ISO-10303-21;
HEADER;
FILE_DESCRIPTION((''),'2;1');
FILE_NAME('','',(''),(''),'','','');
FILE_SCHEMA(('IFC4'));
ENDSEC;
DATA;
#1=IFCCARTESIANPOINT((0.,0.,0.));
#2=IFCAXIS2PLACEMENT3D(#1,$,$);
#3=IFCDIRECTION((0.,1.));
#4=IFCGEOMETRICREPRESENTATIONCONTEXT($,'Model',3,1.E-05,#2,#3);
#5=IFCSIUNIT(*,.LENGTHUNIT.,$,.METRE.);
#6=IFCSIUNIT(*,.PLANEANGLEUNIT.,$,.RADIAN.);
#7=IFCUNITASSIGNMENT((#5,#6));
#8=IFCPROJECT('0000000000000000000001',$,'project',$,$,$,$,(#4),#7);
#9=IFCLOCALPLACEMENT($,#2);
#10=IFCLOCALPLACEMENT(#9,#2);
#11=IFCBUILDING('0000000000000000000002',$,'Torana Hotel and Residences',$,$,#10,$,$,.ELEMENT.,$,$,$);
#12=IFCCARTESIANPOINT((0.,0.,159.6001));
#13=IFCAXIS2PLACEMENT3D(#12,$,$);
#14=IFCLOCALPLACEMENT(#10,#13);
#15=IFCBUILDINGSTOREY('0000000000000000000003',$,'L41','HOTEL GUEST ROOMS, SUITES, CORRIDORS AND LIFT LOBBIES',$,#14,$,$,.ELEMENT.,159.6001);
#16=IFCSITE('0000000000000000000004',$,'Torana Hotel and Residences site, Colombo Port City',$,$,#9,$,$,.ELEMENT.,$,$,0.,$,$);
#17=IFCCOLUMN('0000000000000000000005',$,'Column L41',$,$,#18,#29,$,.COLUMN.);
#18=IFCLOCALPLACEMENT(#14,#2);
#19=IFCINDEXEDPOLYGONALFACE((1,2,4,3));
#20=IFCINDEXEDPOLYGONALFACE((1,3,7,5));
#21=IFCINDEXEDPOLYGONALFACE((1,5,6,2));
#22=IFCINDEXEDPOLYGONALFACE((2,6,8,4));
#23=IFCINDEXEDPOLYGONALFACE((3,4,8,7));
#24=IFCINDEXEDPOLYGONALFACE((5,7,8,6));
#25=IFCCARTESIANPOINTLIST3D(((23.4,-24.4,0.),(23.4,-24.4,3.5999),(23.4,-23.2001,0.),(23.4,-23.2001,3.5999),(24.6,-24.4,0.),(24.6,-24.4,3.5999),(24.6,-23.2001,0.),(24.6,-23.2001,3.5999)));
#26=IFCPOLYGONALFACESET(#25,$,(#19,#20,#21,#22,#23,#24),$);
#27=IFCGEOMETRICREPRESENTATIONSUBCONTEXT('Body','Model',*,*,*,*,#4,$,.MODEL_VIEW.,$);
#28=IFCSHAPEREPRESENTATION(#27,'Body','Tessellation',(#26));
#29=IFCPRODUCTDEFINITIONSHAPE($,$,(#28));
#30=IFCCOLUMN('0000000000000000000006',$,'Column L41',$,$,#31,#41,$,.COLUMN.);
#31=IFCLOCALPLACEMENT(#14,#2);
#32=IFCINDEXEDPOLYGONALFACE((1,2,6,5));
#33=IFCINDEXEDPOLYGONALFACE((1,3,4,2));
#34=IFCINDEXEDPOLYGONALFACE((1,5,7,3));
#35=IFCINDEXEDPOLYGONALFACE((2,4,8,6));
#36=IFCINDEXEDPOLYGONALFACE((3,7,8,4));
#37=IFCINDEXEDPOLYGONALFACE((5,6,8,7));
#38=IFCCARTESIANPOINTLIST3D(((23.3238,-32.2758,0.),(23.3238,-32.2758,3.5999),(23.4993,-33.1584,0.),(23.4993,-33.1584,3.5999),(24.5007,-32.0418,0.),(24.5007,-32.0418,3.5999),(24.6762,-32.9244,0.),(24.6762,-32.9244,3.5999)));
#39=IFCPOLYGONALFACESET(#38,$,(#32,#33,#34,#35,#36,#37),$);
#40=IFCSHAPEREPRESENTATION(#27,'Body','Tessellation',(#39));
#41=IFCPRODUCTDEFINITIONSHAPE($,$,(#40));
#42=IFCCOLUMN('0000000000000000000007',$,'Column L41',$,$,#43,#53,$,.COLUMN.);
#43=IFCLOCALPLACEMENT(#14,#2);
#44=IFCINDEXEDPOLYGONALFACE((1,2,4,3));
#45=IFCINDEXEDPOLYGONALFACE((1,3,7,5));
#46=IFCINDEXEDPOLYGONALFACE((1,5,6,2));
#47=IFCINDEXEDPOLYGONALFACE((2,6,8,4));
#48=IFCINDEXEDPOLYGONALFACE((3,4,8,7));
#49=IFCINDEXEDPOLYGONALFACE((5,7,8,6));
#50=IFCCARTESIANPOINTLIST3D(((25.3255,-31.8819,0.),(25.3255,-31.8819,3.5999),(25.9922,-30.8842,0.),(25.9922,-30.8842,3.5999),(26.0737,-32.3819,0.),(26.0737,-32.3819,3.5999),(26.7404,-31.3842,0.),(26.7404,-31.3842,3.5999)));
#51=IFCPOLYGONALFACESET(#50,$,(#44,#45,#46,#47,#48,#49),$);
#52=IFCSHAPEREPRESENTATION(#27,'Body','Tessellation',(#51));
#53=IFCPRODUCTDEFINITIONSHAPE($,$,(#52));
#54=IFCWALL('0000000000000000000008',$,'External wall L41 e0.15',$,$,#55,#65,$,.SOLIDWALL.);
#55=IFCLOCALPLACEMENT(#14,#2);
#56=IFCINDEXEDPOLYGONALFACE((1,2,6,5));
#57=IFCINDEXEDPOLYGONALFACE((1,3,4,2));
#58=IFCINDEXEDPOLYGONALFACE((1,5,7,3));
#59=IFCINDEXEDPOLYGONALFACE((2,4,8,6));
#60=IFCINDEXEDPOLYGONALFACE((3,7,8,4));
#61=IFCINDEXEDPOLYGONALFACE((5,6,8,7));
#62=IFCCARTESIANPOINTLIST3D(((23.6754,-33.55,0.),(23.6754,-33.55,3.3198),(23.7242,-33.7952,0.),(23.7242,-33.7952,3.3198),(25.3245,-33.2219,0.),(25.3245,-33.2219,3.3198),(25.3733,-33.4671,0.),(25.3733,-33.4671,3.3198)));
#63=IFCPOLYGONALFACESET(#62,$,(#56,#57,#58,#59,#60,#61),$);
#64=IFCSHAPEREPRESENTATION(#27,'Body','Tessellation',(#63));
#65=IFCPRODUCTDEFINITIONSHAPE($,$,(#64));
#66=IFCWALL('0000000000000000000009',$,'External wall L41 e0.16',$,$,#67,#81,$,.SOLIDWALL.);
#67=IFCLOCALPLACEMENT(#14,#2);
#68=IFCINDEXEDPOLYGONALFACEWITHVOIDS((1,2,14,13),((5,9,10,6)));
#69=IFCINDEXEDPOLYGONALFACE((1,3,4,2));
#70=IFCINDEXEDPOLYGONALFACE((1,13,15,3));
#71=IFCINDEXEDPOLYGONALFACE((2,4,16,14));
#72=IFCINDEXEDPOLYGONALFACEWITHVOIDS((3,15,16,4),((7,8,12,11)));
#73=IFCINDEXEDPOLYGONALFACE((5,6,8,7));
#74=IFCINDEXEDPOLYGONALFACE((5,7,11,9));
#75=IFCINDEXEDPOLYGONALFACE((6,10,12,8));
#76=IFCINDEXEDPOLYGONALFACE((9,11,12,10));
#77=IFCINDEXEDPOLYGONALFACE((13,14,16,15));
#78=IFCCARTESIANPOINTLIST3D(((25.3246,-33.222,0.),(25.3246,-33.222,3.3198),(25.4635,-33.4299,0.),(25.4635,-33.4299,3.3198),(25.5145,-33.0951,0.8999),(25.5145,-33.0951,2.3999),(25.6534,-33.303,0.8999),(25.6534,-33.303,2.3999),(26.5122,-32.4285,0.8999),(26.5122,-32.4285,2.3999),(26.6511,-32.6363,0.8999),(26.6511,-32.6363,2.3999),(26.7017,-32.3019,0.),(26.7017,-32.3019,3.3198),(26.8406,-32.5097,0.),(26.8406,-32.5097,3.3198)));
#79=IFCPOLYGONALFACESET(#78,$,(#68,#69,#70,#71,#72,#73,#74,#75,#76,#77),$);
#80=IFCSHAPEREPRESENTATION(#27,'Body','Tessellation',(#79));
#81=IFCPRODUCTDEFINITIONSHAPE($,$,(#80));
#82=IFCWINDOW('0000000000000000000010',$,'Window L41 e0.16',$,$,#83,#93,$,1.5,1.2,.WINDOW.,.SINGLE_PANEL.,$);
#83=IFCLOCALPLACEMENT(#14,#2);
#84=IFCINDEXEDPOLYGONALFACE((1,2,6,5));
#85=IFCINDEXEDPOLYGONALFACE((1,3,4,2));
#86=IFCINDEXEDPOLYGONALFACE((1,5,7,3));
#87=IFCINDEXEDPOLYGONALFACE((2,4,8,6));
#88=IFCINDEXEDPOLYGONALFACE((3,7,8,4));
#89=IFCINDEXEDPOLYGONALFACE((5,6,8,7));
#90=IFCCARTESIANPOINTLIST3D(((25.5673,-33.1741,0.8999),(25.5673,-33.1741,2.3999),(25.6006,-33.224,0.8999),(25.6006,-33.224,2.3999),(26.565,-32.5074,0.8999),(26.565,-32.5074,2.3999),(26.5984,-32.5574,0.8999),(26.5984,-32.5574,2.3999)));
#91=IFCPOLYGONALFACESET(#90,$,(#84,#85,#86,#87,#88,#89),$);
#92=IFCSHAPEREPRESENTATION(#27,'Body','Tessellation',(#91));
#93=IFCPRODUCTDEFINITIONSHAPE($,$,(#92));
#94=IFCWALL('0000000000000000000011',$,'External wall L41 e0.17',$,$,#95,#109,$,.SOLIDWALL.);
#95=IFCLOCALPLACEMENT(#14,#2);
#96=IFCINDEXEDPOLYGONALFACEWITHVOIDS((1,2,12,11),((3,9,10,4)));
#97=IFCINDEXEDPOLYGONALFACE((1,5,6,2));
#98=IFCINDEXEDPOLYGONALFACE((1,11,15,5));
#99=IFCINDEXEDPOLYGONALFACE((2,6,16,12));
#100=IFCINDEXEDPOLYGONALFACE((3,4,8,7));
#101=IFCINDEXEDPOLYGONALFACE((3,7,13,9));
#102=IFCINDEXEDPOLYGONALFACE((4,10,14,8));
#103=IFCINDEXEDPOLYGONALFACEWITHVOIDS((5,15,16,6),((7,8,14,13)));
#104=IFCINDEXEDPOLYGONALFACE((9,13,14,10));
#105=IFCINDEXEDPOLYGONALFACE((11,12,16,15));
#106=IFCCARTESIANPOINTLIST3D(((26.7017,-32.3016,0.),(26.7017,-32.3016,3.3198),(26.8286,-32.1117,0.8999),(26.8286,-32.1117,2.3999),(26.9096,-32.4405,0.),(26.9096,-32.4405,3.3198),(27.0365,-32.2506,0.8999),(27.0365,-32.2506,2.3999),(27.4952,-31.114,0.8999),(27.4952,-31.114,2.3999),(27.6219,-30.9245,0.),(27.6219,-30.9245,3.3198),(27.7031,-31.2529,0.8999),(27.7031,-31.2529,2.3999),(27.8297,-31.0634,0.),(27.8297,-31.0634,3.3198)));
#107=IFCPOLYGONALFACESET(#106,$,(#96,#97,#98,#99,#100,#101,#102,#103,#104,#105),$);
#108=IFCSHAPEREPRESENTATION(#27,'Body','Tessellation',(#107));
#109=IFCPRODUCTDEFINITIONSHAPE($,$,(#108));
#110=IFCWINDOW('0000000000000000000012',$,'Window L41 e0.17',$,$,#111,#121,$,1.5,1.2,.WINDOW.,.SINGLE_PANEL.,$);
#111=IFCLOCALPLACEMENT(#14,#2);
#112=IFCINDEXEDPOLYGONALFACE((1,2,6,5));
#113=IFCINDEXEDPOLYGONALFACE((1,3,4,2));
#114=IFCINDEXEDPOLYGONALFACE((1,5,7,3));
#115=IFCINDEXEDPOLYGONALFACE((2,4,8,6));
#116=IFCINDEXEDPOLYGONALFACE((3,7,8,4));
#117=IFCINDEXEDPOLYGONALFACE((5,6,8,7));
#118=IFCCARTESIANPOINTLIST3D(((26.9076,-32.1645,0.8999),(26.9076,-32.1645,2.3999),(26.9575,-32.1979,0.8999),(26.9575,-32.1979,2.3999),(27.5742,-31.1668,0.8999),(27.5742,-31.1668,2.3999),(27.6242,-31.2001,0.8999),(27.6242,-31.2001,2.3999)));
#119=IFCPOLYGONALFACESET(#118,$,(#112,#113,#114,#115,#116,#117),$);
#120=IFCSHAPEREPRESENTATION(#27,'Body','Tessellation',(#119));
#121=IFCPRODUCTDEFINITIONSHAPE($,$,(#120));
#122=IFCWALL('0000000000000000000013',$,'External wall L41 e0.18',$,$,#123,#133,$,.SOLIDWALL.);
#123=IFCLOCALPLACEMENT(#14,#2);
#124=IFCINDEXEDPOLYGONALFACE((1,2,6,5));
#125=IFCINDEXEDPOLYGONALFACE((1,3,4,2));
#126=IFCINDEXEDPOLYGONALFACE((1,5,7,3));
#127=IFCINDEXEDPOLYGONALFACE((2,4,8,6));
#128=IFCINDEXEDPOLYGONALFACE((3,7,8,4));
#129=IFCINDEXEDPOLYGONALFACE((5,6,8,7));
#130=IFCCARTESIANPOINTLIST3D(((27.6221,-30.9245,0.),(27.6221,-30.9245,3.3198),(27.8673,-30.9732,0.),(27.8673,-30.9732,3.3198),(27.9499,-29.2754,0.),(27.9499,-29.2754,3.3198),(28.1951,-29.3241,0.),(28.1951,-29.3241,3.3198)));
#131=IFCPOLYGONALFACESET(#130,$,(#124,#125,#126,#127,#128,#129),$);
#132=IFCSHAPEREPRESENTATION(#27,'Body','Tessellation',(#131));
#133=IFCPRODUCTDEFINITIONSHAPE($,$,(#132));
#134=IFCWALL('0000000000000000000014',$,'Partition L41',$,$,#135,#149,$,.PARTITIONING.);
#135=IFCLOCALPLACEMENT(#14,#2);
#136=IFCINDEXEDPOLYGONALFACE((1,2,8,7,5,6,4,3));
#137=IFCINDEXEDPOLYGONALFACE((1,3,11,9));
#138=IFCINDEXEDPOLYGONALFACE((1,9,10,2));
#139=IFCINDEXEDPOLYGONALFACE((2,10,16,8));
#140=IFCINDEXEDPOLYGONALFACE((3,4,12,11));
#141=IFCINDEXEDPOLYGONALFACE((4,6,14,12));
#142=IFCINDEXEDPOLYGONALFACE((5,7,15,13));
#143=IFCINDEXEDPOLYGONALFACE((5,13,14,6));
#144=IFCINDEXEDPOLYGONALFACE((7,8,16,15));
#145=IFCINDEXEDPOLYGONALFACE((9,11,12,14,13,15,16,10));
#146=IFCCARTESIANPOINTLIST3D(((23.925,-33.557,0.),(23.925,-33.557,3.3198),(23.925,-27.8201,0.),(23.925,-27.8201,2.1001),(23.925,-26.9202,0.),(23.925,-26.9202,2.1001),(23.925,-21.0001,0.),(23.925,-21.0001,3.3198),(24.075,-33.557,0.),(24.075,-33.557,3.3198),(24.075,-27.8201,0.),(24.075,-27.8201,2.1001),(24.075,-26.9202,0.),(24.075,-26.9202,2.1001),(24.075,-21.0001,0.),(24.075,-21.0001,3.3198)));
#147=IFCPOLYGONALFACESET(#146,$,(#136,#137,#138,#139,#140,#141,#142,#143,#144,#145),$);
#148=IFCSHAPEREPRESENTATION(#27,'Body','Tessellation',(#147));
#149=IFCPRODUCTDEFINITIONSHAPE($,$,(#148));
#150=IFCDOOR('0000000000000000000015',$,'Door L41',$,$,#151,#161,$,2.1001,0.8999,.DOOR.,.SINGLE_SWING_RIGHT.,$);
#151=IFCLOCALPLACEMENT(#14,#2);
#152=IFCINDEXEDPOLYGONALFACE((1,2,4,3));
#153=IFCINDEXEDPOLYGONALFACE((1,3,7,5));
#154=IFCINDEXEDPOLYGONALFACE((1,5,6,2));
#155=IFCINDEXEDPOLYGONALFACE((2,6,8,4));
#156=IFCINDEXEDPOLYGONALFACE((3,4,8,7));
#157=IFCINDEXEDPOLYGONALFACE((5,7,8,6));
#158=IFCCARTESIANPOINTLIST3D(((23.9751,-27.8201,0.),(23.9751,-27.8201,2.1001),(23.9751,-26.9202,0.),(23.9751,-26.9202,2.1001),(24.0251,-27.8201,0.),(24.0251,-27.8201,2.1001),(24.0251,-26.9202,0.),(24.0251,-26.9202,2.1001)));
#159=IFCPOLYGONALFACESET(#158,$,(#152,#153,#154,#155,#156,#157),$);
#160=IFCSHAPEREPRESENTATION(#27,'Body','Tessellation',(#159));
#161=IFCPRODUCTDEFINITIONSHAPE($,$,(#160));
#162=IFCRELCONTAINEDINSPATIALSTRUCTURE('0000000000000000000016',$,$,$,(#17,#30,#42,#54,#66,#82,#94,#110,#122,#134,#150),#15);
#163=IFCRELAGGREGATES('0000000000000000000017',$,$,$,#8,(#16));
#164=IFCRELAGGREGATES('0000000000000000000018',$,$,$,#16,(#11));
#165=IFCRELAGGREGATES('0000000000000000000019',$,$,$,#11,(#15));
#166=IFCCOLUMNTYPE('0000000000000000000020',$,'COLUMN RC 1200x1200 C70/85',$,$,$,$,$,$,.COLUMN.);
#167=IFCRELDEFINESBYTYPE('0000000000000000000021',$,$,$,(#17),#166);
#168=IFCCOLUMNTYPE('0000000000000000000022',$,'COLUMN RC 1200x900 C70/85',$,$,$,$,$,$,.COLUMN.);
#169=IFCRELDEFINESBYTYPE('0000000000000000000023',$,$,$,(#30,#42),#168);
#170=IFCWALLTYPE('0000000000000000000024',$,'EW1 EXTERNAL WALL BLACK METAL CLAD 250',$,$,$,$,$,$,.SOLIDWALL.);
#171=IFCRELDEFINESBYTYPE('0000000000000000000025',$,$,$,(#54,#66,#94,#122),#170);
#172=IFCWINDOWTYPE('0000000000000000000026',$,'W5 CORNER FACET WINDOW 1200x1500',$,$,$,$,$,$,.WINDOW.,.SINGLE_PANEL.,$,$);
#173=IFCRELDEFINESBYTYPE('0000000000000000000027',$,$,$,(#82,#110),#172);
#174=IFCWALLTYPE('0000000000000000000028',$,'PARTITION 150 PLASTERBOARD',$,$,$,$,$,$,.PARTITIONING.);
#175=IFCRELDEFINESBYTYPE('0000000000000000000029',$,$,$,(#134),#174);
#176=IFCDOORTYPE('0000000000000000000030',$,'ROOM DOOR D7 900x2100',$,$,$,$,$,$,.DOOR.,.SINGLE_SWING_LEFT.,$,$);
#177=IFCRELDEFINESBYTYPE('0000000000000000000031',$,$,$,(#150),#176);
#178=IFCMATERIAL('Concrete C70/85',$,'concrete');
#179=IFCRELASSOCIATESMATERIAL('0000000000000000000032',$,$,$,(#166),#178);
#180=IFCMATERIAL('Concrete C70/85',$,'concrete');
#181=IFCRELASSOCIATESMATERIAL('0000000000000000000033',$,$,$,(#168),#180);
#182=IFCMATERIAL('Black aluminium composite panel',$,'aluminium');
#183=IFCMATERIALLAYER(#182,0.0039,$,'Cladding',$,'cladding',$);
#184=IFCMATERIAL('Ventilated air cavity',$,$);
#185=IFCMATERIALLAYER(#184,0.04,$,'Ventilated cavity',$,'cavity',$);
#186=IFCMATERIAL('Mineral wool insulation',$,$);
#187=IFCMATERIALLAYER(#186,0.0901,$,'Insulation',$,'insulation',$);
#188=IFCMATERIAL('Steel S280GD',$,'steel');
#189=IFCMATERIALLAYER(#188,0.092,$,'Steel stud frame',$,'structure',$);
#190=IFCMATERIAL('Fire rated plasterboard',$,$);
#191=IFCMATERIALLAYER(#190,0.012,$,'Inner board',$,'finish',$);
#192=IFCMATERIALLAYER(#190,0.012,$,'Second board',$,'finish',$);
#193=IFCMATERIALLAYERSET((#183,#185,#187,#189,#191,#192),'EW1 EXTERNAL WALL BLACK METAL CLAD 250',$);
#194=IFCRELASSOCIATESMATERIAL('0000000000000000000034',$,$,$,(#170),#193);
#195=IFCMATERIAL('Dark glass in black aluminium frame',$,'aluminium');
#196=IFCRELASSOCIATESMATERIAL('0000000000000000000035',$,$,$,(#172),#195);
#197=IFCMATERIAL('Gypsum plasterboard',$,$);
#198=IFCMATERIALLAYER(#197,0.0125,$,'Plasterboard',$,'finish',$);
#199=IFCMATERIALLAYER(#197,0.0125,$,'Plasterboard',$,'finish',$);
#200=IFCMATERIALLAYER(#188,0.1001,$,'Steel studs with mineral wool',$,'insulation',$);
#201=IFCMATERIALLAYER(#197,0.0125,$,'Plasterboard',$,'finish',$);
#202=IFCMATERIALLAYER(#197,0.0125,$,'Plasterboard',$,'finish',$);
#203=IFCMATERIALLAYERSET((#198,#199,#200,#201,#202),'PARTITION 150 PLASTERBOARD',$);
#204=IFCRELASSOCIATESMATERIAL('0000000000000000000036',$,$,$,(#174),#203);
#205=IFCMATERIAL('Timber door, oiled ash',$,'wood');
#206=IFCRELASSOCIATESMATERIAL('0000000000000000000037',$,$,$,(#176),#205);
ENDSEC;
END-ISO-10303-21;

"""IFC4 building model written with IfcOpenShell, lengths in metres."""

from ifc_helpers import new_model, si_unit, direction, frame, frame_2d, origin, origin_2d, place, context, subcontext, project, spatial, rectangle, extrude, material, layer, layer_set, material_profile, profile_set, type_object, element, fill, save


model = new_model("IFC4")

# Units and contexts
model_context = context("Model", 3, precision=1e-05, world=origin(), true_north=direction((0.0, 1.0)))
body_context = subcontext(model_context, "Body", "Model", "MODEL_VIEW")
ifc_project = project(units=[si_unit("LENGTHUNIT", "METRE"), si_unit("PLANEANGLEUNIT", "RADIAN")], contexts=[model_context])

# Site, building, storey
site_placement = place(None, origin())
site = spatial("IfcSite", under=ifc_project, at=site_placement, Name="Torana Hotel and Residences site, Colombo Port City", CompositionType="ELEMENT", RefElevation=0.0)
building_placement = place(site_placement, origin())
building = spatial("IfcBuilding", under=site, at=building_placement, Name="Torana Hotel and Residences", CompositionType="ELEMENT")
storey_placement = place(building_placement, frame((0.0, 0.0, 159.6001)))
storey = spatial("IfcBuildingStorey", under=building, at=storey_placement, Name="L41", Description="HOTEL GUEST ROOMS, SUITES, CORRIDORS AND LIFT LOBBIES", CompositionType="ELEMENT", Elevation=159.6001)

# Columns
ifc_material_1 = material(Name="Concrete C70/85", Category="concrete")
ifc_material_profile_1 = material_profile(ifc_material_1, rectangle(XDim=1.2, YDim=1.2, at=origin_2d()), Name="RC 1200x1200")
ifc_profile_set_1 = profile_set([ifc_material_profile_1], Name="Concrete C70/85")
column_type_1 = type_object("IfcColumnType", Name="COLUMN RC 1200x1200 C70/85", PredefinedType="COLUMN", material=ifc_profile_set_1)
column_placement = place(storey_placement, frame((24.0, -23.8, 0.0), z_axis=(0.0, 0.0, 1.0), x_axis=(1.0, 0.0, 0.0)))
element("IfcColumn", 1, at=column_placement, inside=storey, type_object=column_type_1, Name="Column L41", PredefinedType="COLUMN", context=body_context, shape_type="SweptSolid", body=[
    extrude(rectangle(XDim=1.2, YDim=1.2, at=origin_2d()), origin(), (0.0, 0.0, 1.0), 3.5999),
])
ifc_material_2 = material(Name="Concrete C70/85", Category="concrete")
ifc_material_profile_2 = material_profile(ifc_material_2, rectangle(XDim=1.2, YDim=0.8999, at=origin_2d()), Name="RC 1200x900")
ifc_profile_set_2 = profile_set([ifc_material_profile_2], Name="Concrete C70/85")
column_type_2 = type_object("IfcColumnType", Name="COLUMN RC 1200x900 C70/85", PredefinedType="COLUMN", material=ifc_profile_set_2)
for number, where, z_axis, x_axis, name in (
    (2, (24.0, -32.6001, 0.0), (0.0, 0.0, 1.0), (0.980792, 0.195056, 0.0), "Column L41"),
    (3, (26.033, -31.6331, 0.0), (0.0, 0.0, 1.0), (0.555585, 0.83146, 0.0), "Column L41"),
):
    element("IfcColumn", number, at=place(storey_placement, frame(where, z_axis=z_axis, x_axis=x_axis)), inside=storey, type_object=column_type_2, Name=name, PredefinedType="COLUMN", context=body_context, shape_type="SweptSolid", body=[
        extrude(rectangle(XDim=1.2, YDim=0.8999, at=origin_2d()), origin(), (0.0, 0.0, 1.0), 3.5999),
    ])

# Wall
ifc_material_3 = material(Name="Black aluminium composite panel", Category="aluminium")
ifc_layer_1 = layer(ifc_material_3, 0.0039, Name="Cladding", Category="cladding")
ifc_material_4 = material(Name="Ventilated air cavity")
ifc_layer_2 = layer(ifc_material_4, 0.04, Name="Ventilated cavity", Category="cavity")
ifc_material_5 = material(Name="Mineral wool insulation")
ifc_layer_3 = layer(ifc_material_5, 0.0901, Name="Insulation", Category="insulation")
ifc_material_6 = material(Name="Steel S280GD", Category="steel")
ifc_layer_4 = layer(ifc_material_6, 0.092, Name="Steel stud frame", Category="structure")
ifc_material_7 = material(Name="Fire rated plasterboard")
ifc_layer_5 = layer(ifc_material_7, 0.012, Name="Inner board", Category="finish")
ifc_layer_6 = layer(ifc_material_7, 0.012, Name="Second board", Category="finish")
ifc_layer_set_1 = layer_set([ifc_layer_1, ifc_layer_2, ifc_layer_3, ifc_layer_4, ifc_layer_5, ifc_layer_6], Name="EW1 EXTERNAL WALL BLACK METAL CLAD 250")
wall_type_1 = type_object("IfcWallType", Name="EW1 EXTERNAL WALL BLACK METAL CLAD 250", PredefinedType="SOLIDWALL", material=ifc_layer_set_1)
wall_1_placement = place(storey_placement, frame((23.6997, -33.6726, 0.0), z_axis=(0.0, 0.0, 1.0), x_axis=(0.980776, 0.195139, 0.0)))
element("IfcWall", 4, at=wall_1_placement, inside=storey, type_object=wall_type_1, Name="External wall L41 e0.15", PredefinedType="SOLIDWALL", context=body_context, shape_type="SweptSolid", body=[
    extrude(rectangle(XDim=1.6814, YDim=0.25, at=frame_2d((0.8408, 0.0))), origin(), (0.0, 0.0, 1.0), 3.3198),
])

# Walls, openings, windows
wall_2_placement = place(storey_placement, frame((25.394, -33.3259, 0.0), z_axis=(0.0, 0.0, 1.0), x_axis=(0.831483, 0.55555, 0.0)))
wall_2 = element("IfcWall", 5, at=wall_2_placement, inside=storey, type_object=wall_type_1, Name="External wall L41 e0.16", PredefinedType="SOLIDWALL", context=body_context, shape_type="SweptSolid", body=[
    extrude(rectangle(XDim=1.6562, YDim=0.25, at=frame_2d((0.8281, 0.0))), origin(), (0.0, 0.0, 1.0), 3.3198),
])
opening_1_placement = place(wall_2_placement, frame((0.2283, 0.0, 0.8999)))
opening_1 = element("IfcOpeningElement", 6, at=opening_1_placement, cuts=wall_2, PredefinedType="OPENING", context=body_context, shape_type="SweptSolid", body=[
    extrude(rectangle(XDim=1.2, YDim=1.5, at=frame_2d((0.6001, 0.75))), frame((0.0, 0.135, 0.0), z_axis=(0.0, -1.0, 0.0), x_axis=(1.0, 0.0, 0.0)), (0.0, 0.0, 1.0), 0.27),
])
ifc_material_8 = material(Name="Dark glass in black aluminium frame", Category="aluminium")
window_type_1 = type_object("IfcWindowType", Name="W5 CORNER FACET WINDOW 1200x1500", PartitioningType="SINGLE_PANEL", PredefinedType="WINDOW", material=ifc_material_8)
window_1_placement = place(opening_1_placement, origin())
window_1 = element("IfcWindow", 7, at=window_1_placement, inside=storey, type_object=window_type_1, Name="Window L41 e0.16", OverallHeight=1.5, OverallWidth=1.2, PartitioningType="SINGLE_PANEL", PredefinedType="WINDOW", context=body_context, shape_type="SweptSolid", body=[
    extrude(rectangle(XDim=1.2, YDim=1.5, at=frame_2d((0.6001, 0.75))), frame((0.0, 0.03, 0.0), z_axis=(0.0, -1.0, 0.0), x_axis=(1.0, 0.0, 0.0)), (0.0, 0.0, 1.0), 0.0601),
])
fill(opening_1, window_1)
wall_3_placement = place(storey_placement, frame((26.8057, -32.3711, 0.0), z_axis=(0.0, 0.0, 1.0), x_axis=(0.55555, 0.831483, 0.0)))
wall_3 = element("IfcWall", 8, at=wall_3_placement, inside=storey, type_object=wall_type_1, Name="External wall L41 e0.17", PredefinedType="SOLIDWALL", context=body_context, shape_type="SweptSolid", body=[
    extrude(rectangle(XDim=1.6562, YDim=0.25, at=frame_2d((0.8281, 0.0))), origin(), (0.0, 0.0, 1.0), 3.3198),
])
opening_2_placement = place(wall_3_placement, frame((0.2283, 0.0, 0.8999)))
opening_2 = element("IfcOpeningElement", 9, at=opening_2_placement, cuts=wall_3, PredefinedType="OPENING", context=body_context, shape_type="SweptSolid", body=[
    extrude(rectangle(XDim=1.2, YDim=1.5, at=frame_2d((0.6001, 0.75))), frame((0.0, 0.135, 0.0), z_axis=(0.0, -1.0, 0.0), x_axis=(1.0, 0.0, 0.0)), (0.0, 0.0, 1.0), 0.27),
])
window_2_placement = place(opening_2_placement, origin())
window_2 = element("IfcWindow", 10, at=window_2_placement, inside=storey, type_object=window_type_1, Name="Window L41 e0.17", OverallHeight=1.5, OverallWidth=1.2, PartitioningType="SINGLE_PANEL", PredefinedType="WINDOW", context=body_context, shape_type="SweptSolid", body=[
    extrude(rectangle(XDim=1.2, YDim=1.5, at=frame_2d((0.6001, 0.75))), frame((0.0, 0.03, 0.0), z_axis=(0.0, -1.0, 0.0), x_axis=(1.0, 0.0, 0.0)), (0.0, 0.0, 1.0), 0.0601),
])
fill(opening_2, window_2)

# Wall
wall_4_placement = place(storey_placement, frame((27.7446, -30.949, 0.0), z_axis=(0.0, 0.0, 1.0), x_axis=(0.194999, 0.980803, 0.0)))
element("IfcWall", 11, at=wall_4_placement, inside=storey, type_object=wall_type_1, Name="External wall L41 e0.18", PredefinedType="SOLIDWALL", context=body_context, shape_type="SweptSolid", body=[
    extrude(rectangle(XDim=1.6814, YDim=0.25, at=frame_2d((0.8408, 0.0))), origin(), (0.0, 0.0, 1.0), 3.3198),
])

# Wall, opening, door
ifc_material_9 = material(Name="Gypsum plasterboard")
ifc_layer_7 = layer(ifc_material_9, 0.0125, Name="Plasterboard", Category="finish")
ifc_layer_8 = layer(ifc_material_9, 0.0125, Name="Plasterboard", Category="finish")
ifc_layer_9 = layer(ifc_material_6, 0.1001, Name="Steel studs with mineral wool", Category="insulation")
ifc_layer_10 = layer(ifc_material_9, 0.0125, Name="Plasterboard", Category="finish")
ifc_layer_11 = layer(ifc_material_9, 0.0125, Name="Plasterboard", Category="finish")
ifc_layer_set_2 = layer_set([ifc_layer_7, ifc_layer_8, ifc_layer_9, ifc_layer_10, ifc_layer_11], Name="PARTITION 150 PLASTERBOARD")
wall_type_2 = type_object("IfcWallType", Name="PARTITION 150 PLASTERBOARD", PredefinedType="PARTITIONING", material=ifc_layer_set_2)
wall_5_placement = place(storey_placement, frame((24.0, -33.5569, 0.0), z_axis=(0.0, 0.0, 1.0), x_axis=(0.0, 1.0, 0.0)))
wall_5 = element("IfcWall", 12, at=wall_5_placement, inside=storey, type_object=wall_type_2, Name="Partition L41", PredefinedType="PARTITIONING", context=body_context, shape_type="SweptSolid", body=[
    extrude(rectangle(XDim=12.5569, YDim=0.1499, at=frame_2d((6.2783, 0.0))), origin(), (0.0, 0.0, 1.0), 3.3198),
])
opening_3_placement = place(wall_5_placement, frame((5.7368, 0.0, 0.0)))
opening_3 = element("IfcOpeningElement", 13, at=opening_3_placement, cuts=wall_5, PredefinedType="OPENING", context=body_context, shape_type="SweptSolid", body=[
    extrude(rectangle(XDim=0.8999, YDim=2.1001, at=frame_2d((0.45, 1.05))), frame((0.0, 0.085, 0.0), z_axis=(0.0, -1.0, 0.0), x_axis=(1.0, 0.0, 0.0)), (0.0, 0.0, 1.0), 0.1699),
])
ifc_material_10 = material(Name="Timber door, oiled ash", Category="wood")
door_type_1 = type_object("IfcDoorType", Name="ROOM DOOR D7 900x2100", OperationType="SINGLE_SWING_LEFT", PredefinedType="DOOR", material=ifc_material_10)
door_1_placement = place(opening_3_placement, origin())
door_1 = element("IfcDoor", 14, at=door_1_placement, inside=storey, type_object=door_type_1, Name="Door L41", OperationType="SINGLE_SWING_RIGHT", OverallHeight=2.1001, OverallWidth=0.8999, PredefinedType="DOOR", context=body_context, shape_type="SweptSolid", body=[
    extrude(rectangle(XDim=0.8999, YDim=2.1001, at=frame_2d((0.45, 1.05))), frame((0.0, 0.0249, 0.0), z_axis=(0.0, -1.0, 0.0), x_axis=(1.0, 0.0, 0.0)), (0.0, 0.0, 1.0), 0.05),
])
fill(opening_3, door_1)

save(model, "model.ifc")
